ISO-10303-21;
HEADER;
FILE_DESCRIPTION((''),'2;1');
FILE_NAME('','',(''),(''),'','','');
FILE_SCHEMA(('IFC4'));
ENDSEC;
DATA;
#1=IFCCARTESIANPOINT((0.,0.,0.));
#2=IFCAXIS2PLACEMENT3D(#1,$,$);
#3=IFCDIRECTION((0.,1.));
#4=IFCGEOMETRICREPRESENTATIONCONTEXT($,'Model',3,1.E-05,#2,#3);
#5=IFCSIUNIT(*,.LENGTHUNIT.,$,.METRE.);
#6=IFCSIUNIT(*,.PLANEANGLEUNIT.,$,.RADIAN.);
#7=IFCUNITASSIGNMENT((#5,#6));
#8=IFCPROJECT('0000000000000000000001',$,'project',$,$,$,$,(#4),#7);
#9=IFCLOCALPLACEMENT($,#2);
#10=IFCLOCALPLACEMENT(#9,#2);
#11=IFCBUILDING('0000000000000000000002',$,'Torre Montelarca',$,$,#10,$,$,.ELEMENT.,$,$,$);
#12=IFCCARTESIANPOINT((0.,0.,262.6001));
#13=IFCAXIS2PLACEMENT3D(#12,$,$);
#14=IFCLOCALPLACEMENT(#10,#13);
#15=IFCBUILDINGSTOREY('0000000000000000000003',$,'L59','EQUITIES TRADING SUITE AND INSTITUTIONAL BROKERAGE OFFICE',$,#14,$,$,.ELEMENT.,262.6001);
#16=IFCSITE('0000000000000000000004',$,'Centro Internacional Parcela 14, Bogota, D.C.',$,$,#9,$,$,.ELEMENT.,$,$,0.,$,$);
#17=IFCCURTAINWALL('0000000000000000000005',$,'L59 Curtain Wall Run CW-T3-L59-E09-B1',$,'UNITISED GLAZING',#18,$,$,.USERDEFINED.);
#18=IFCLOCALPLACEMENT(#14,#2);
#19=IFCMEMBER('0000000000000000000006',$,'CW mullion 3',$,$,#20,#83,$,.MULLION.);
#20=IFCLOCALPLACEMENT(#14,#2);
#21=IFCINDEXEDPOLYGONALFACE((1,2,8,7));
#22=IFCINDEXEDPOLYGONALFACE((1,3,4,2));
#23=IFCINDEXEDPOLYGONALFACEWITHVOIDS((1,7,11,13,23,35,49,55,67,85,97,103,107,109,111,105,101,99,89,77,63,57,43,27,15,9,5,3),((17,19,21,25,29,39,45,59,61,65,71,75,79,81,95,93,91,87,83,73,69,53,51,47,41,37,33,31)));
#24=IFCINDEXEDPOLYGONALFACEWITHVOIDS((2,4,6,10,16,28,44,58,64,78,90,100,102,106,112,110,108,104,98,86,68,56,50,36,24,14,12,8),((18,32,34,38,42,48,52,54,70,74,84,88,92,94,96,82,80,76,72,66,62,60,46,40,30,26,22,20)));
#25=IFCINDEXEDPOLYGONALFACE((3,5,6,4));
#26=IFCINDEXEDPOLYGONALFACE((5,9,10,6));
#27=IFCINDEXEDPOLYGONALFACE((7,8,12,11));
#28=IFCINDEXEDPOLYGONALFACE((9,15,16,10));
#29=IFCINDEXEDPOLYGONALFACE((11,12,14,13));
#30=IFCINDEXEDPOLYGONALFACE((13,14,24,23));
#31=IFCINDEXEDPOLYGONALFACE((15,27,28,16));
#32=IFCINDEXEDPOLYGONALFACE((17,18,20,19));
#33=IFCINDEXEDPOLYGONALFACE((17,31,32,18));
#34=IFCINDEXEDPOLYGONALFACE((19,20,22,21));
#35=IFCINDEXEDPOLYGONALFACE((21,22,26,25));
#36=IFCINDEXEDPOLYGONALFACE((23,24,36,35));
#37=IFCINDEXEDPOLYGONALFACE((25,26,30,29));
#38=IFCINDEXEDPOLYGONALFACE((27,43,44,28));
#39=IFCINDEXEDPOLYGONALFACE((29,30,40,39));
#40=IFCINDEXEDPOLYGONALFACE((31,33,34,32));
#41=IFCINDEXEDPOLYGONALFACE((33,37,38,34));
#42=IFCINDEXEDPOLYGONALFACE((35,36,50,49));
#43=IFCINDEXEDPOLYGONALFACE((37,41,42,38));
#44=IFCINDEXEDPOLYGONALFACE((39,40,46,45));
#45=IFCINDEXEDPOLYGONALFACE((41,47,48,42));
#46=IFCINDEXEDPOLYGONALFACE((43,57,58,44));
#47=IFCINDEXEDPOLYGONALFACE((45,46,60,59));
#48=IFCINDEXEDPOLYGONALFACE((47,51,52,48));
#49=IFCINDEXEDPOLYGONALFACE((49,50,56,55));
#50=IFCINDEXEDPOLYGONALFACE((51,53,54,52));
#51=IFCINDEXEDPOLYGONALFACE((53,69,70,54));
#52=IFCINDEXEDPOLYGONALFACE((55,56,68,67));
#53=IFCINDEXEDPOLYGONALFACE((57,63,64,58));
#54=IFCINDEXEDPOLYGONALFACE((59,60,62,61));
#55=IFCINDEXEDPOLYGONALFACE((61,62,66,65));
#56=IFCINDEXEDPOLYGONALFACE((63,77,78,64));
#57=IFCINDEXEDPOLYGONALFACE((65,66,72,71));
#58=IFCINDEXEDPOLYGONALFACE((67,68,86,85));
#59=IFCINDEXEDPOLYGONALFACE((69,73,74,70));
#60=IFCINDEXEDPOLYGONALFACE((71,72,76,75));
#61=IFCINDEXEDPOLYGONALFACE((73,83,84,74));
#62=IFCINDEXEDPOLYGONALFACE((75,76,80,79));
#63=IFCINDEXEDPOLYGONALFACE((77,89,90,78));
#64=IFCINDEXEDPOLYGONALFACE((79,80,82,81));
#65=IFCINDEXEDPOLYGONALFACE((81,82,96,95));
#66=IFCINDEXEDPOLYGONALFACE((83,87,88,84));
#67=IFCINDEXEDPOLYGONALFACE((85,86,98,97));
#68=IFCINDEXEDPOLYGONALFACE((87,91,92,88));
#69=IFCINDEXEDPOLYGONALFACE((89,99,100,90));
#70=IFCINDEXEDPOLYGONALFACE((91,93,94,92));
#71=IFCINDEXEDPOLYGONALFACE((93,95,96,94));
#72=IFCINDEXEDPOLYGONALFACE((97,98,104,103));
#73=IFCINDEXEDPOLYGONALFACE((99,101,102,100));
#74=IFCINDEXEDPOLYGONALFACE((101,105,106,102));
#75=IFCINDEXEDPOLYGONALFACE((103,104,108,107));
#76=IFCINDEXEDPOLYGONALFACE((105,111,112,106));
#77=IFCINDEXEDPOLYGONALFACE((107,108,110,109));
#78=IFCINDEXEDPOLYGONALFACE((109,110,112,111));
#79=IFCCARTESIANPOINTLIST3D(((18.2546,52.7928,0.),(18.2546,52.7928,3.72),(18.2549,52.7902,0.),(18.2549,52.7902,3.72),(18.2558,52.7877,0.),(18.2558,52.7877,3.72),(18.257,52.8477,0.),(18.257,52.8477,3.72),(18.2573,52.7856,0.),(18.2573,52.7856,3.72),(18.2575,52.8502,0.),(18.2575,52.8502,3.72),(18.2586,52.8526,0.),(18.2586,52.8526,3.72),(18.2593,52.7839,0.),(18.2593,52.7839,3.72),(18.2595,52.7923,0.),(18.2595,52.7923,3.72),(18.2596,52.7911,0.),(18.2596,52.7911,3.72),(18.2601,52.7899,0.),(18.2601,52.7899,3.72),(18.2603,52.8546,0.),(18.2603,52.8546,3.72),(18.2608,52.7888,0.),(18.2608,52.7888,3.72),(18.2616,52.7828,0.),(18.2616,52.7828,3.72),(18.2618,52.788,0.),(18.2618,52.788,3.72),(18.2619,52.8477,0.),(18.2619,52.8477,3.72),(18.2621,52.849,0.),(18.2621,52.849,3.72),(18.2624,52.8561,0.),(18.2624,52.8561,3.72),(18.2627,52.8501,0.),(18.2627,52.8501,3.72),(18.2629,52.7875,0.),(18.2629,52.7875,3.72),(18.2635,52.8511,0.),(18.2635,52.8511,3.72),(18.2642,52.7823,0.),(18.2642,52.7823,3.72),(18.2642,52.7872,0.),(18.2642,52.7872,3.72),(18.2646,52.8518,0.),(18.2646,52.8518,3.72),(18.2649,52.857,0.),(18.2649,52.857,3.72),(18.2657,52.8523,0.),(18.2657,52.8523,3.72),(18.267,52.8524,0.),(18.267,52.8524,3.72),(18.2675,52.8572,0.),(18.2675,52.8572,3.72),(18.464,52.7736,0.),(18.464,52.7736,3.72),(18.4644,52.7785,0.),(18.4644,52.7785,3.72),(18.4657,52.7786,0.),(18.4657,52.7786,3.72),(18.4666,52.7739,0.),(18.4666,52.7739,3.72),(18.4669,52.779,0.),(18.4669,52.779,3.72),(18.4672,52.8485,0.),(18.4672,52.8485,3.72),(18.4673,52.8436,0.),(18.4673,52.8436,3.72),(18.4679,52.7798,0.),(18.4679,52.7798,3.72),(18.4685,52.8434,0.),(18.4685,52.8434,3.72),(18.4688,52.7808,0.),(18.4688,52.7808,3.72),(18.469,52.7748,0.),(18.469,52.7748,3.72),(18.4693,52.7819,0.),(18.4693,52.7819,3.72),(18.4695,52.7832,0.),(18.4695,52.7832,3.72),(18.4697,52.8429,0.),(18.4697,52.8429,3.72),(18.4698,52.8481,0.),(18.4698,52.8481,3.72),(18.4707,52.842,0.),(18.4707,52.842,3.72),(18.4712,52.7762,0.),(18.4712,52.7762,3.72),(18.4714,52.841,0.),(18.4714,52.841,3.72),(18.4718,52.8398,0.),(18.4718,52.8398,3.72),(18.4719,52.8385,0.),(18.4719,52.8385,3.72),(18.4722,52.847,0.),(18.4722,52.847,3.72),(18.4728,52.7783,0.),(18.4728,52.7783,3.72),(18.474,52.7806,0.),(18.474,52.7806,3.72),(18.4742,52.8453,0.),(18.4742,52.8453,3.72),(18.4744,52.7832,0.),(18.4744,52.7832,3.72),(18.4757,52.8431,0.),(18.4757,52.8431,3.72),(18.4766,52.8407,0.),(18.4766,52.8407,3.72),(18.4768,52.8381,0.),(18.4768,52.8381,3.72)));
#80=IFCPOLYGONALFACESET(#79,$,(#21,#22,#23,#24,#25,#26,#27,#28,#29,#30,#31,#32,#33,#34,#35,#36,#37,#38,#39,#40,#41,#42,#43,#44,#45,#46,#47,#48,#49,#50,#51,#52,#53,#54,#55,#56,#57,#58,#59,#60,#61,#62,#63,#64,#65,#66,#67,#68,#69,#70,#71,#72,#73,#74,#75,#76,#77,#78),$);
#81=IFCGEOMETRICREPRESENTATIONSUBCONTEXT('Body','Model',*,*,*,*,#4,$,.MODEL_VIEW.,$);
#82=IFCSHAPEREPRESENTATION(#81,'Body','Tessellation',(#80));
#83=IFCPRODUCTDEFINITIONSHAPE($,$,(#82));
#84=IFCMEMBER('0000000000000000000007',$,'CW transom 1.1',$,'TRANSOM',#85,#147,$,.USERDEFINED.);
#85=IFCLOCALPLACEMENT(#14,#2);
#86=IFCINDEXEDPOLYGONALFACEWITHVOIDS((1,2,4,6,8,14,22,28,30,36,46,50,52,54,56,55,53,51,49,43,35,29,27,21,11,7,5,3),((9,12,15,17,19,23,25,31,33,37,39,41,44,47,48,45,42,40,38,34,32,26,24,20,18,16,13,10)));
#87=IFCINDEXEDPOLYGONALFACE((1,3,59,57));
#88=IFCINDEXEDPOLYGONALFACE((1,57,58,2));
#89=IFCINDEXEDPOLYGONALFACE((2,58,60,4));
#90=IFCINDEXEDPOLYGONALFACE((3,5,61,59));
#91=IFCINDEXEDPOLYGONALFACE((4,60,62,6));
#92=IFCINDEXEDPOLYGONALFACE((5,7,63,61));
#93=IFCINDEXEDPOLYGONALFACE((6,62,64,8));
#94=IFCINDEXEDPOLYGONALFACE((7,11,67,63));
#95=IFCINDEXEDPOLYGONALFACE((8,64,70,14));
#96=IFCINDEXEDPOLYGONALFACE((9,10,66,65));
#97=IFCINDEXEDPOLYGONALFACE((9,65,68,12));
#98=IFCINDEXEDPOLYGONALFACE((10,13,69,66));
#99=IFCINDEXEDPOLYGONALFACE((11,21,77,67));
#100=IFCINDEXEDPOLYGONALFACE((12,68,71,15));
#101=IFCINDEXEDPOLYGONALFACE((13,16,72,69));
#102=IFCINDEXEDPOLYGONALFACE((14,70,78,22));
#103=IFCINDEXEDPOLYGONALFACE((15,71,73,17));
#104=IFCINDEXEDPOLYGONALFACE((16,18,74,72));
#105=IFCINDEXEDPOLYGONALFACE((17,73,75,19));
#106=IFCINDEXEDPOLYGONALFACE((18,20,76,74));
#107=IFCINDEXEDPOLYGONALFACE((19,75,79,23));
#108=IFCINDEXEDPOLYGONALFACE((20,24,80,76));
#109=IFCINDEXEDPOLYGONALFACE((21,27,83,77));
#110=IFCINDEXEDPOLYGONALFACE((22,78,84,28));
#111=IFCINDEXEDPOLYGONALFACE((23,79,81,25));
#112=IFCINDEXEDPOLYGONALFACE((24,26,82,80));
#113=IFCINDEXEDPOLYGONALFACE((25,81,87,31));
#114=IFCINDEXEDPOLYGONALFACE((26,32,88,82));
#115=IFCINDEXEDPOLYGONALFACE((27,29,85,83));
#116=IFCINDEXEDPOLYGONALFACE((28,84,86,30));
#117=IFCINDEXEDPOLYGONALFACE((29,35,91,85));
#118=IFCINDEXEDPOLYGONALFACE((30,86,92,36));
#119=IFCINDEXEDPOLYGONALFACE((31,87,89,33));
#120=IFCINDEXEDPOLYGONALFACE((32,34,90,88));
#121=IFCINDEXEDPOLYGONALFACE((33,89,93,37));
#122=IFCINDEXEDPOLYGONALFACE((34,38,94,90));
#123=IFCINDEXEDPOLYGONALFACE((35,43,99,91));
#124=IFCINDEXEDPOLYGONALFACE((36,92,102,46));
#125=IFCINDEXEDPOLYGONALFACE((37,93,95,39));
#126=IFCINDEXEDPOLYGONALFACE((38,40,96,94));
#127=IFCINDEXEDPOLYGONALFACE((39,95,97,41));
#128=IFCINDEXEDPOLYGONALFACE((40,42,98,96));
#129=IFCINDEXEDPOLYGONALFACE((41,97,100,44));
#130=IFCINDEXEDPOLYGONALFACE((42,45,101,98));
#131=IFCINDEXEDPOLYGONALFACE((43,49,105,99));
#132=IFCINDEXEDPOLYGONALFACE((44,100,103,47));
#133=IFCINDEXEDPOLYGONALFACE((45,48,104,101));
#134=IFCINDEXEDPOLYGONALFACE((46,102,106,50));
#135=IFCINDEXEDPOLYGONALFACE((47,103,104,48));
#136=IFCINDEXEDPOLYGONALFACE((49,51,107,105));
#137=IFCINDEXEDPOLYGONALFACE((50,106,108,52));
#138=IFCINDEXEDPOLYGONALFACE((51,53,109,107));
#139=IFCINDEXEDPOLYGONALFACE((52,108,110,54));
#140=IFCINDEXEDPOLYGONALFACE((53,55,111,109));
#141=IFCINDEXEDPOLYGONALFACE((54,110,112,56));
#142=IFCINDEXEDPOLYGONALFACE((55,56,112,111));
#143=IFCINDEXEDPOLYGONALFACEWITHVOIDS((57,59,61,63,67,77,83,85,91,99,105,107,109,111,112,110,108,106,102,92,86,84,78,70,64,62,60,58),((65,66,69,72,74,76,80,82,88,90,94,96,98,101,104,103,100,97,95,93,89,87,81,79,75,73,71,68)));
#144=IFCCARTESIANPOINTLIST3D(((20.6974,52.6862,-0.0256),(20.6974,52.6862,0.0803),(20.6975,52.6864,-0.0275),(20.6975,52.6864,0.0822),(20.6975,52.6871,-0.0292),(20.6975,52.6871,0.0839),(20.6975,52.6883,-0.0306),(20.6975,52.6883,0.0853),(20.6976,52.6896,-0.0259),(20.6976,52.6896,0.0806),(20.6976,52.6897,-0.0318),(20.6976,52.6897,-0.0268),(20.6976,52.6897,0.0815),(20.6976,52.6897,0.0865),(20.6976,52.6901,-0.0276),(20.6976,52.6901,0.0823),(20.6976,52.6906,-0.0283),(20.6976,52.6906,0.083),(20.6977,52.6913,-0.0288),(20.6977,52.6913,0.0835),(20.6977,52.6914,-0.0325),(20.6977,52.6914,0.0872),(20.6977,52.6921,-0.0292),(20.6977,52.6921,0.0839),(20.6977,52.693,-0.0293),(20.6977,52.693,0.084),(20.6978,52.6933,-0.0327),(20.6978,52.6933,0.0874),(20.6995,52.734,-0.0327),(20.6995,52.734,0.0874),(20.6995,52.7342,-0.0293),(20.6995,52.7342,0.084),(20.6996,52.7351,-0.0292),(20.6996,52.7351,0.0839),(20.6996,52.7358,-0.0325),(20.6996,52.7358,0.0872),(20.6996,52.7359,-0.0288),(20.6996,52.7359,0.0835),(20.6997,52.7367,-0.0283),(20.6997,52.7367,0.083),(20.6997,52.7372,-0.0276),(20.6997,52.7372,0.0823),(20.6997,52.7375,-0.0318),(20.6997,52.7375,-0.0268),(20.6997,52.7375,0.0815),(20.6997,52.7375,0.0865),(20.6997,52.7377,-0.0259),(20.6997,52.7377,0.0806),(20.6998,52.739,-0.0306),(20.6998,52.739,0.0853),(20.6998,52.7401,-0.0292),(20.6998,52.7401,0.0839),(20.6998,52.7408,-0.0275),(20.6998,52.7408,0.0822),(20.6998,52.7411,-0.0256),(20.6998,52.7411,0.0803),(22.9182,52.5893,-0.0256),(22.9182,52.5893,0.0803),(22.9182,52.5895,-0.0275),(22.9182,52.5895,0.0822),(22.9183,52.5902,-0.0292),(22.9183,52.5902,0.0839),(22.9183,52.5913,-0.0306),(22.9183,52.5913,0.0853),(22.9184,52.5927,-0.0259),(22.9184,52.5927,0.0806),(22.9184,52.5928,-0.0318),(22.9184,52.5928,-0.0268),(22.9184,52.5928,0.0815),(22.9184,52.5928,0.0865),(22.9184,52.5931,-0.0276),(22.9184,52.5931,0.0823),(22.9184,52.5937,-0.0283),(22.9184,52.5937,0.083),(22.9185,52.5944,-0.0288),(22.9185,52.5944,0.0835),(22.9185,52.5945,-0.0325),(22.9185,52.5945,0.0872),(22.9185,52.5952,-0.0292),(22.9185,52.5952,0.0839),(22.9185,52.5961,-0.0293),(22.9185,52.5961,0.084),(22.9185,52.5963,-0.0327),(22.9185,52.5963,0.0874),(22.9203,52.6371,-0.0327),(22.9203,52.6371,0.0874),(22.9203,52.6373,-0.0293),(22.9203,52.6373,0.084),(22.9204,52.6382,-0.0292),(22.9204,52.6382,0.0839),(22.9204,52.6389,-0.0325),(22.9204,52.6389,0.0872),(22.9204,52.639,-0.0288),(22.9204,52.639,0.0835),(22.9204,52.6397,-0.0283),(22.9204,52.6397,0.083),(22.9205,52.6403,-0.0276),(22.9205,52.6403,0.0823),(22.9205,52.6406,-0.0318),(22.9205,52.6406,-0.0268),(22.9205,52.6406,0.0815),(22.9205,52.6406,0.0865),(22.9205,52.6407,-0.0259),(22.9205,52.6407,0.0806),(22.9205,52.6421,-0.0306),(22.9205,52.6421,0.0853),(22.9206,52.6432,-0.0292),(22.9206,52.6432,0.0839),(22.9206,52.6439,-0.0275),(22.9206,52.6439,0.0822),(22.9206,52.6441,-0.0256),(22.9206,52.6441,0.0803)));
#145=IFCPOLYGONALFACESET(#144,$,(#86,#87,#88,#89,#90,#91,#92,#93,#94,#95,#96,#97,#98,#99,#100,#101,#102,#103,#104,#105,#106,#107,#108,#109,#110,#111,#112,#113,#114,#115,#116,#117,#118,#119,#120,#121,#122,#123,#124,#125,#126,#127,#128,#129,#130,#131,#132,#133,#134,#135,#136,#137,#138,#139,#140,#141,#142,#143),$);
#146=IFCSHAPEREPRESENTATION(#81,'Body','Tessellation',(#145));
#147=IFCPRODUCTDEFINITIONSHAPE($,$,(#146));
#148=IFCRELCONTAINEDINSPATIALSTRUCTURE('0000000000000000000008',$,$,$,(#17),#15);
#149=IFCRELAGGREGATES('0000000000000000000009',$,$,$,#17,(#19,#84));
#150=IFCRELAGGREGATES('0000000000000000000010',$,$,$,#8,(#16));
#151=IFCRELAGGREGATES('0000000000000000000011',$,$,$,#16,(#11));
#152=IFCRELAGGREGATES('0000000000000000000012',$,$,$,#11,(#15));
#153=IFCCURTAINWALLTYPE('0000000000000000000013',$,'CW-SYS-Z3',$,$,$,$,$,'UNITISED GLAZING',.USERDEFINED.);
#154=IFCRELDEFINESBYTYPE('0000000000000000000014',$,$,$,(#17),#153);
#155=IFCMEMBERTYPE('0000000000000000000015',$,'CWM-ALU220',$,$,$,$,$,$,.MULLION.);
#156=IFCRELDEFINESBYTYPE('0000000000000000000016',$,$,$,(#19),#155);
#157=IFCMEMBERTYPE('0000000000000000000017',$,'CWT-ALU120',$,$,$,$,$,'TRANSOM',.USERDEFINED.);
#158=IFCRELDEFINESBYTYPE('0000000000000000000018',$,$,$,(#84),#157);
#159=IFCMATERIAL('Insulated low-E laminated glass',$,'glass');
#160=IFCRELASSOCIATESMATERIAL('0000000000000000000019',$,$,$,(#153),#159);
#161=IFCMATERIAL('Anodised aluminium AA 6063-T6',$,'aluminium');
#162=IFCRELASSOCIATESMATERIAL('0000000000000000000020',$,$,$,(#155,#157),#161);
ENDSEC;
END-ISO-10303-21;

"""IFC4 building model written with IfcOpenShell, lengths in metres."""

from ifc_helpers import new_model, si_unit, direction, frame, origin, origin_2d, place, context, subcontext, project, spatial, hollow_rectangle, extrude, source, transform, mapped, material, material_profile, profile_set, type_object, element, aggregate, save


model = new_model("IFC4")

# Units and contexts
model_context = context("Model", 3, precision=1e-05, world=origin(), true_north=direction((0.0, 1.0)))
body_context = subcontext(model_context, "Body", "Model", "MODEL_VIEW")
ifc_project = project(units=[si_unit("LENGTHUNIT", "METRE"), si_unit("PLANEANGLEUNIT", "RADIAN")], contexts=[model_context])

# Site, building, storey
site_placement = place(None, origin())
site = spatial("IfcSite", under=ifc_project, at=site_placement, Name="Centro Internacional Parcela 14, Bogota, D.C.", CompositionType="ELEMENT", RefElevation=0.0)
building_placement = place(site_placement, origin())
building = spatial("IfcBuilding", under=site, at=building_placement, Name="Torre Montelarca", CompositionType="ELEMENT")
storey_placement = place(building_placement, frame((0.0, 0.0, 262.6001)))
storey = spatial("IfcBuildingStorey", under=building, at=storey_placement, Name="L59", Description="EQUITIES TRADING SUITE AND INSTITUTIONAL BROKERAGE OFFICE", CompositionType="ELEMENT", Elevation=262.6001)

# Curtain wall, members
ifc_material_1 = material(Name="Insulated low-E laminated glass", Category="glass")
curtain_wall_type = type_object("IfcCurtainWallType", Name="CW-SYS-Z3", ElementType="UNITISED GLAZING", PredefinedType="USERDEFINED", material=ifc_material_1)
curtain_wall_placement = place(storey_placement, origin())
curtain_wall = element("IfcCurtainWall", 1, at=curtain_wall_placement, inside=storey, type_object=curtain_wall_type, Name="L59 Curtain Wall Run CW-T3-L59-E09-B1", ObjectType="UNITISED GLAZING", PredefinedType="USERDEFINED")
ifc_material_2 = material(Name="Anodised aluminium AA 6063-T6", Category="aluminium")
ifc_material_profile_1 = material_profile(ifc_material_2, hollow_rectangle(XDim=0.075, YDim=0.22, WallThickness=0.0049, InnerFilletRadius=0.0049, OuterFilletRadius=0.01, at=origin_2d()), Name="ALU75X220X5", Category="aluminium")
ifc_profile_set_1 = profile_set([ifc_material_profile_1], Name="Anodised aluminium AA 6063-T6")
member_type_1 = type_object("IfcMemberType", Name="CWM-ALU220", PredefinedType="MULLION", material=ifc_profile_set_1)
shared_shape_1 = source(origin(), body_context, "Body", "SweptSolid", [
    extrude(hollow_rectangle(XDim=0.075, YDim=0.22, WallThickness=0.0049, InnerFilletRadius=0.0049, OuterFilletRadius=0.01, at=origin_2d()), origin(), (0.0, 0.0, 1.0), 3.72),
])
member_1_placement = place(storey_placement, frame((18.3657, 52.8154, 0.0), z_axis=(0.0, 0.0, 1.0), x_axis=(-0.043613, -0.999049, 0.0)))
member_1 = element("IfcMember", 2, at=member_1_placement, type_object=member_type_1, Name="CW mullion 3", PredefinedType="MULLION", context=body_context, shape_type="MappedRepresentation", body=[
    mapped(shared_shape_1, transform((0.0, 0.0, 0.0), scale=1.0)),
])
ifc_material_profile_2 = material_profile(ifc_material_2, hollow_rectangle(XDim=0.0549, YDim=0.1201, WallThickness=0.0034, InnerFilletRadius=0.0034, OuterFilletRadius=0.0071, at=origin_2d()), Name="ALU55X120X3.5", Category="aluminium")
ifc_profile_set_2 = profile_set([ifc_material_profile_2], Name="Anodised aluminium AA 6063-T6")
member_type_2 = type_object("IfcMemberType", Name="CWT-ALU120", ElementType="TRANSOM", PredefinedType="USERDEFINED", material=ifc_profile_set_2)
shared_shape_2 = source(origin(), body_context, "Body", "SweptSolid", [
    extrude(hollow_rectangle(XDim=0.0549, YDim=0.1201, WallThickness=0.0034, InnerFilletRadius=0.0034, OuterFilletRadius=0.0071, at=origin_2d()), origin(), (0.0, 0.0, 1.0), 2.2229),
])
member_2_placement = place(storey_placement, frame((22.9194, 52.6167, 0.0273), z_axis=(-0.999049, 0.043604, 0.0), x_axis=(-0.043604, -0.999049, 0.0)))
member_2 = element("IfcMember", 3, at=member_2_placement, type_object=member_type_2, Name="CW transom 1.1", ObjectType="TRANSOM", PredefinedType="USERDEFINED", context=body_context, shape_type="MappedRepresentation", body=[
    mapped(shared_shape_2, transform((0.0, 0.0, 0.0), scale=1.0)),
])
aggregate(curtain_wall, [member_1, member_2])

save(model, "model.ifc")
